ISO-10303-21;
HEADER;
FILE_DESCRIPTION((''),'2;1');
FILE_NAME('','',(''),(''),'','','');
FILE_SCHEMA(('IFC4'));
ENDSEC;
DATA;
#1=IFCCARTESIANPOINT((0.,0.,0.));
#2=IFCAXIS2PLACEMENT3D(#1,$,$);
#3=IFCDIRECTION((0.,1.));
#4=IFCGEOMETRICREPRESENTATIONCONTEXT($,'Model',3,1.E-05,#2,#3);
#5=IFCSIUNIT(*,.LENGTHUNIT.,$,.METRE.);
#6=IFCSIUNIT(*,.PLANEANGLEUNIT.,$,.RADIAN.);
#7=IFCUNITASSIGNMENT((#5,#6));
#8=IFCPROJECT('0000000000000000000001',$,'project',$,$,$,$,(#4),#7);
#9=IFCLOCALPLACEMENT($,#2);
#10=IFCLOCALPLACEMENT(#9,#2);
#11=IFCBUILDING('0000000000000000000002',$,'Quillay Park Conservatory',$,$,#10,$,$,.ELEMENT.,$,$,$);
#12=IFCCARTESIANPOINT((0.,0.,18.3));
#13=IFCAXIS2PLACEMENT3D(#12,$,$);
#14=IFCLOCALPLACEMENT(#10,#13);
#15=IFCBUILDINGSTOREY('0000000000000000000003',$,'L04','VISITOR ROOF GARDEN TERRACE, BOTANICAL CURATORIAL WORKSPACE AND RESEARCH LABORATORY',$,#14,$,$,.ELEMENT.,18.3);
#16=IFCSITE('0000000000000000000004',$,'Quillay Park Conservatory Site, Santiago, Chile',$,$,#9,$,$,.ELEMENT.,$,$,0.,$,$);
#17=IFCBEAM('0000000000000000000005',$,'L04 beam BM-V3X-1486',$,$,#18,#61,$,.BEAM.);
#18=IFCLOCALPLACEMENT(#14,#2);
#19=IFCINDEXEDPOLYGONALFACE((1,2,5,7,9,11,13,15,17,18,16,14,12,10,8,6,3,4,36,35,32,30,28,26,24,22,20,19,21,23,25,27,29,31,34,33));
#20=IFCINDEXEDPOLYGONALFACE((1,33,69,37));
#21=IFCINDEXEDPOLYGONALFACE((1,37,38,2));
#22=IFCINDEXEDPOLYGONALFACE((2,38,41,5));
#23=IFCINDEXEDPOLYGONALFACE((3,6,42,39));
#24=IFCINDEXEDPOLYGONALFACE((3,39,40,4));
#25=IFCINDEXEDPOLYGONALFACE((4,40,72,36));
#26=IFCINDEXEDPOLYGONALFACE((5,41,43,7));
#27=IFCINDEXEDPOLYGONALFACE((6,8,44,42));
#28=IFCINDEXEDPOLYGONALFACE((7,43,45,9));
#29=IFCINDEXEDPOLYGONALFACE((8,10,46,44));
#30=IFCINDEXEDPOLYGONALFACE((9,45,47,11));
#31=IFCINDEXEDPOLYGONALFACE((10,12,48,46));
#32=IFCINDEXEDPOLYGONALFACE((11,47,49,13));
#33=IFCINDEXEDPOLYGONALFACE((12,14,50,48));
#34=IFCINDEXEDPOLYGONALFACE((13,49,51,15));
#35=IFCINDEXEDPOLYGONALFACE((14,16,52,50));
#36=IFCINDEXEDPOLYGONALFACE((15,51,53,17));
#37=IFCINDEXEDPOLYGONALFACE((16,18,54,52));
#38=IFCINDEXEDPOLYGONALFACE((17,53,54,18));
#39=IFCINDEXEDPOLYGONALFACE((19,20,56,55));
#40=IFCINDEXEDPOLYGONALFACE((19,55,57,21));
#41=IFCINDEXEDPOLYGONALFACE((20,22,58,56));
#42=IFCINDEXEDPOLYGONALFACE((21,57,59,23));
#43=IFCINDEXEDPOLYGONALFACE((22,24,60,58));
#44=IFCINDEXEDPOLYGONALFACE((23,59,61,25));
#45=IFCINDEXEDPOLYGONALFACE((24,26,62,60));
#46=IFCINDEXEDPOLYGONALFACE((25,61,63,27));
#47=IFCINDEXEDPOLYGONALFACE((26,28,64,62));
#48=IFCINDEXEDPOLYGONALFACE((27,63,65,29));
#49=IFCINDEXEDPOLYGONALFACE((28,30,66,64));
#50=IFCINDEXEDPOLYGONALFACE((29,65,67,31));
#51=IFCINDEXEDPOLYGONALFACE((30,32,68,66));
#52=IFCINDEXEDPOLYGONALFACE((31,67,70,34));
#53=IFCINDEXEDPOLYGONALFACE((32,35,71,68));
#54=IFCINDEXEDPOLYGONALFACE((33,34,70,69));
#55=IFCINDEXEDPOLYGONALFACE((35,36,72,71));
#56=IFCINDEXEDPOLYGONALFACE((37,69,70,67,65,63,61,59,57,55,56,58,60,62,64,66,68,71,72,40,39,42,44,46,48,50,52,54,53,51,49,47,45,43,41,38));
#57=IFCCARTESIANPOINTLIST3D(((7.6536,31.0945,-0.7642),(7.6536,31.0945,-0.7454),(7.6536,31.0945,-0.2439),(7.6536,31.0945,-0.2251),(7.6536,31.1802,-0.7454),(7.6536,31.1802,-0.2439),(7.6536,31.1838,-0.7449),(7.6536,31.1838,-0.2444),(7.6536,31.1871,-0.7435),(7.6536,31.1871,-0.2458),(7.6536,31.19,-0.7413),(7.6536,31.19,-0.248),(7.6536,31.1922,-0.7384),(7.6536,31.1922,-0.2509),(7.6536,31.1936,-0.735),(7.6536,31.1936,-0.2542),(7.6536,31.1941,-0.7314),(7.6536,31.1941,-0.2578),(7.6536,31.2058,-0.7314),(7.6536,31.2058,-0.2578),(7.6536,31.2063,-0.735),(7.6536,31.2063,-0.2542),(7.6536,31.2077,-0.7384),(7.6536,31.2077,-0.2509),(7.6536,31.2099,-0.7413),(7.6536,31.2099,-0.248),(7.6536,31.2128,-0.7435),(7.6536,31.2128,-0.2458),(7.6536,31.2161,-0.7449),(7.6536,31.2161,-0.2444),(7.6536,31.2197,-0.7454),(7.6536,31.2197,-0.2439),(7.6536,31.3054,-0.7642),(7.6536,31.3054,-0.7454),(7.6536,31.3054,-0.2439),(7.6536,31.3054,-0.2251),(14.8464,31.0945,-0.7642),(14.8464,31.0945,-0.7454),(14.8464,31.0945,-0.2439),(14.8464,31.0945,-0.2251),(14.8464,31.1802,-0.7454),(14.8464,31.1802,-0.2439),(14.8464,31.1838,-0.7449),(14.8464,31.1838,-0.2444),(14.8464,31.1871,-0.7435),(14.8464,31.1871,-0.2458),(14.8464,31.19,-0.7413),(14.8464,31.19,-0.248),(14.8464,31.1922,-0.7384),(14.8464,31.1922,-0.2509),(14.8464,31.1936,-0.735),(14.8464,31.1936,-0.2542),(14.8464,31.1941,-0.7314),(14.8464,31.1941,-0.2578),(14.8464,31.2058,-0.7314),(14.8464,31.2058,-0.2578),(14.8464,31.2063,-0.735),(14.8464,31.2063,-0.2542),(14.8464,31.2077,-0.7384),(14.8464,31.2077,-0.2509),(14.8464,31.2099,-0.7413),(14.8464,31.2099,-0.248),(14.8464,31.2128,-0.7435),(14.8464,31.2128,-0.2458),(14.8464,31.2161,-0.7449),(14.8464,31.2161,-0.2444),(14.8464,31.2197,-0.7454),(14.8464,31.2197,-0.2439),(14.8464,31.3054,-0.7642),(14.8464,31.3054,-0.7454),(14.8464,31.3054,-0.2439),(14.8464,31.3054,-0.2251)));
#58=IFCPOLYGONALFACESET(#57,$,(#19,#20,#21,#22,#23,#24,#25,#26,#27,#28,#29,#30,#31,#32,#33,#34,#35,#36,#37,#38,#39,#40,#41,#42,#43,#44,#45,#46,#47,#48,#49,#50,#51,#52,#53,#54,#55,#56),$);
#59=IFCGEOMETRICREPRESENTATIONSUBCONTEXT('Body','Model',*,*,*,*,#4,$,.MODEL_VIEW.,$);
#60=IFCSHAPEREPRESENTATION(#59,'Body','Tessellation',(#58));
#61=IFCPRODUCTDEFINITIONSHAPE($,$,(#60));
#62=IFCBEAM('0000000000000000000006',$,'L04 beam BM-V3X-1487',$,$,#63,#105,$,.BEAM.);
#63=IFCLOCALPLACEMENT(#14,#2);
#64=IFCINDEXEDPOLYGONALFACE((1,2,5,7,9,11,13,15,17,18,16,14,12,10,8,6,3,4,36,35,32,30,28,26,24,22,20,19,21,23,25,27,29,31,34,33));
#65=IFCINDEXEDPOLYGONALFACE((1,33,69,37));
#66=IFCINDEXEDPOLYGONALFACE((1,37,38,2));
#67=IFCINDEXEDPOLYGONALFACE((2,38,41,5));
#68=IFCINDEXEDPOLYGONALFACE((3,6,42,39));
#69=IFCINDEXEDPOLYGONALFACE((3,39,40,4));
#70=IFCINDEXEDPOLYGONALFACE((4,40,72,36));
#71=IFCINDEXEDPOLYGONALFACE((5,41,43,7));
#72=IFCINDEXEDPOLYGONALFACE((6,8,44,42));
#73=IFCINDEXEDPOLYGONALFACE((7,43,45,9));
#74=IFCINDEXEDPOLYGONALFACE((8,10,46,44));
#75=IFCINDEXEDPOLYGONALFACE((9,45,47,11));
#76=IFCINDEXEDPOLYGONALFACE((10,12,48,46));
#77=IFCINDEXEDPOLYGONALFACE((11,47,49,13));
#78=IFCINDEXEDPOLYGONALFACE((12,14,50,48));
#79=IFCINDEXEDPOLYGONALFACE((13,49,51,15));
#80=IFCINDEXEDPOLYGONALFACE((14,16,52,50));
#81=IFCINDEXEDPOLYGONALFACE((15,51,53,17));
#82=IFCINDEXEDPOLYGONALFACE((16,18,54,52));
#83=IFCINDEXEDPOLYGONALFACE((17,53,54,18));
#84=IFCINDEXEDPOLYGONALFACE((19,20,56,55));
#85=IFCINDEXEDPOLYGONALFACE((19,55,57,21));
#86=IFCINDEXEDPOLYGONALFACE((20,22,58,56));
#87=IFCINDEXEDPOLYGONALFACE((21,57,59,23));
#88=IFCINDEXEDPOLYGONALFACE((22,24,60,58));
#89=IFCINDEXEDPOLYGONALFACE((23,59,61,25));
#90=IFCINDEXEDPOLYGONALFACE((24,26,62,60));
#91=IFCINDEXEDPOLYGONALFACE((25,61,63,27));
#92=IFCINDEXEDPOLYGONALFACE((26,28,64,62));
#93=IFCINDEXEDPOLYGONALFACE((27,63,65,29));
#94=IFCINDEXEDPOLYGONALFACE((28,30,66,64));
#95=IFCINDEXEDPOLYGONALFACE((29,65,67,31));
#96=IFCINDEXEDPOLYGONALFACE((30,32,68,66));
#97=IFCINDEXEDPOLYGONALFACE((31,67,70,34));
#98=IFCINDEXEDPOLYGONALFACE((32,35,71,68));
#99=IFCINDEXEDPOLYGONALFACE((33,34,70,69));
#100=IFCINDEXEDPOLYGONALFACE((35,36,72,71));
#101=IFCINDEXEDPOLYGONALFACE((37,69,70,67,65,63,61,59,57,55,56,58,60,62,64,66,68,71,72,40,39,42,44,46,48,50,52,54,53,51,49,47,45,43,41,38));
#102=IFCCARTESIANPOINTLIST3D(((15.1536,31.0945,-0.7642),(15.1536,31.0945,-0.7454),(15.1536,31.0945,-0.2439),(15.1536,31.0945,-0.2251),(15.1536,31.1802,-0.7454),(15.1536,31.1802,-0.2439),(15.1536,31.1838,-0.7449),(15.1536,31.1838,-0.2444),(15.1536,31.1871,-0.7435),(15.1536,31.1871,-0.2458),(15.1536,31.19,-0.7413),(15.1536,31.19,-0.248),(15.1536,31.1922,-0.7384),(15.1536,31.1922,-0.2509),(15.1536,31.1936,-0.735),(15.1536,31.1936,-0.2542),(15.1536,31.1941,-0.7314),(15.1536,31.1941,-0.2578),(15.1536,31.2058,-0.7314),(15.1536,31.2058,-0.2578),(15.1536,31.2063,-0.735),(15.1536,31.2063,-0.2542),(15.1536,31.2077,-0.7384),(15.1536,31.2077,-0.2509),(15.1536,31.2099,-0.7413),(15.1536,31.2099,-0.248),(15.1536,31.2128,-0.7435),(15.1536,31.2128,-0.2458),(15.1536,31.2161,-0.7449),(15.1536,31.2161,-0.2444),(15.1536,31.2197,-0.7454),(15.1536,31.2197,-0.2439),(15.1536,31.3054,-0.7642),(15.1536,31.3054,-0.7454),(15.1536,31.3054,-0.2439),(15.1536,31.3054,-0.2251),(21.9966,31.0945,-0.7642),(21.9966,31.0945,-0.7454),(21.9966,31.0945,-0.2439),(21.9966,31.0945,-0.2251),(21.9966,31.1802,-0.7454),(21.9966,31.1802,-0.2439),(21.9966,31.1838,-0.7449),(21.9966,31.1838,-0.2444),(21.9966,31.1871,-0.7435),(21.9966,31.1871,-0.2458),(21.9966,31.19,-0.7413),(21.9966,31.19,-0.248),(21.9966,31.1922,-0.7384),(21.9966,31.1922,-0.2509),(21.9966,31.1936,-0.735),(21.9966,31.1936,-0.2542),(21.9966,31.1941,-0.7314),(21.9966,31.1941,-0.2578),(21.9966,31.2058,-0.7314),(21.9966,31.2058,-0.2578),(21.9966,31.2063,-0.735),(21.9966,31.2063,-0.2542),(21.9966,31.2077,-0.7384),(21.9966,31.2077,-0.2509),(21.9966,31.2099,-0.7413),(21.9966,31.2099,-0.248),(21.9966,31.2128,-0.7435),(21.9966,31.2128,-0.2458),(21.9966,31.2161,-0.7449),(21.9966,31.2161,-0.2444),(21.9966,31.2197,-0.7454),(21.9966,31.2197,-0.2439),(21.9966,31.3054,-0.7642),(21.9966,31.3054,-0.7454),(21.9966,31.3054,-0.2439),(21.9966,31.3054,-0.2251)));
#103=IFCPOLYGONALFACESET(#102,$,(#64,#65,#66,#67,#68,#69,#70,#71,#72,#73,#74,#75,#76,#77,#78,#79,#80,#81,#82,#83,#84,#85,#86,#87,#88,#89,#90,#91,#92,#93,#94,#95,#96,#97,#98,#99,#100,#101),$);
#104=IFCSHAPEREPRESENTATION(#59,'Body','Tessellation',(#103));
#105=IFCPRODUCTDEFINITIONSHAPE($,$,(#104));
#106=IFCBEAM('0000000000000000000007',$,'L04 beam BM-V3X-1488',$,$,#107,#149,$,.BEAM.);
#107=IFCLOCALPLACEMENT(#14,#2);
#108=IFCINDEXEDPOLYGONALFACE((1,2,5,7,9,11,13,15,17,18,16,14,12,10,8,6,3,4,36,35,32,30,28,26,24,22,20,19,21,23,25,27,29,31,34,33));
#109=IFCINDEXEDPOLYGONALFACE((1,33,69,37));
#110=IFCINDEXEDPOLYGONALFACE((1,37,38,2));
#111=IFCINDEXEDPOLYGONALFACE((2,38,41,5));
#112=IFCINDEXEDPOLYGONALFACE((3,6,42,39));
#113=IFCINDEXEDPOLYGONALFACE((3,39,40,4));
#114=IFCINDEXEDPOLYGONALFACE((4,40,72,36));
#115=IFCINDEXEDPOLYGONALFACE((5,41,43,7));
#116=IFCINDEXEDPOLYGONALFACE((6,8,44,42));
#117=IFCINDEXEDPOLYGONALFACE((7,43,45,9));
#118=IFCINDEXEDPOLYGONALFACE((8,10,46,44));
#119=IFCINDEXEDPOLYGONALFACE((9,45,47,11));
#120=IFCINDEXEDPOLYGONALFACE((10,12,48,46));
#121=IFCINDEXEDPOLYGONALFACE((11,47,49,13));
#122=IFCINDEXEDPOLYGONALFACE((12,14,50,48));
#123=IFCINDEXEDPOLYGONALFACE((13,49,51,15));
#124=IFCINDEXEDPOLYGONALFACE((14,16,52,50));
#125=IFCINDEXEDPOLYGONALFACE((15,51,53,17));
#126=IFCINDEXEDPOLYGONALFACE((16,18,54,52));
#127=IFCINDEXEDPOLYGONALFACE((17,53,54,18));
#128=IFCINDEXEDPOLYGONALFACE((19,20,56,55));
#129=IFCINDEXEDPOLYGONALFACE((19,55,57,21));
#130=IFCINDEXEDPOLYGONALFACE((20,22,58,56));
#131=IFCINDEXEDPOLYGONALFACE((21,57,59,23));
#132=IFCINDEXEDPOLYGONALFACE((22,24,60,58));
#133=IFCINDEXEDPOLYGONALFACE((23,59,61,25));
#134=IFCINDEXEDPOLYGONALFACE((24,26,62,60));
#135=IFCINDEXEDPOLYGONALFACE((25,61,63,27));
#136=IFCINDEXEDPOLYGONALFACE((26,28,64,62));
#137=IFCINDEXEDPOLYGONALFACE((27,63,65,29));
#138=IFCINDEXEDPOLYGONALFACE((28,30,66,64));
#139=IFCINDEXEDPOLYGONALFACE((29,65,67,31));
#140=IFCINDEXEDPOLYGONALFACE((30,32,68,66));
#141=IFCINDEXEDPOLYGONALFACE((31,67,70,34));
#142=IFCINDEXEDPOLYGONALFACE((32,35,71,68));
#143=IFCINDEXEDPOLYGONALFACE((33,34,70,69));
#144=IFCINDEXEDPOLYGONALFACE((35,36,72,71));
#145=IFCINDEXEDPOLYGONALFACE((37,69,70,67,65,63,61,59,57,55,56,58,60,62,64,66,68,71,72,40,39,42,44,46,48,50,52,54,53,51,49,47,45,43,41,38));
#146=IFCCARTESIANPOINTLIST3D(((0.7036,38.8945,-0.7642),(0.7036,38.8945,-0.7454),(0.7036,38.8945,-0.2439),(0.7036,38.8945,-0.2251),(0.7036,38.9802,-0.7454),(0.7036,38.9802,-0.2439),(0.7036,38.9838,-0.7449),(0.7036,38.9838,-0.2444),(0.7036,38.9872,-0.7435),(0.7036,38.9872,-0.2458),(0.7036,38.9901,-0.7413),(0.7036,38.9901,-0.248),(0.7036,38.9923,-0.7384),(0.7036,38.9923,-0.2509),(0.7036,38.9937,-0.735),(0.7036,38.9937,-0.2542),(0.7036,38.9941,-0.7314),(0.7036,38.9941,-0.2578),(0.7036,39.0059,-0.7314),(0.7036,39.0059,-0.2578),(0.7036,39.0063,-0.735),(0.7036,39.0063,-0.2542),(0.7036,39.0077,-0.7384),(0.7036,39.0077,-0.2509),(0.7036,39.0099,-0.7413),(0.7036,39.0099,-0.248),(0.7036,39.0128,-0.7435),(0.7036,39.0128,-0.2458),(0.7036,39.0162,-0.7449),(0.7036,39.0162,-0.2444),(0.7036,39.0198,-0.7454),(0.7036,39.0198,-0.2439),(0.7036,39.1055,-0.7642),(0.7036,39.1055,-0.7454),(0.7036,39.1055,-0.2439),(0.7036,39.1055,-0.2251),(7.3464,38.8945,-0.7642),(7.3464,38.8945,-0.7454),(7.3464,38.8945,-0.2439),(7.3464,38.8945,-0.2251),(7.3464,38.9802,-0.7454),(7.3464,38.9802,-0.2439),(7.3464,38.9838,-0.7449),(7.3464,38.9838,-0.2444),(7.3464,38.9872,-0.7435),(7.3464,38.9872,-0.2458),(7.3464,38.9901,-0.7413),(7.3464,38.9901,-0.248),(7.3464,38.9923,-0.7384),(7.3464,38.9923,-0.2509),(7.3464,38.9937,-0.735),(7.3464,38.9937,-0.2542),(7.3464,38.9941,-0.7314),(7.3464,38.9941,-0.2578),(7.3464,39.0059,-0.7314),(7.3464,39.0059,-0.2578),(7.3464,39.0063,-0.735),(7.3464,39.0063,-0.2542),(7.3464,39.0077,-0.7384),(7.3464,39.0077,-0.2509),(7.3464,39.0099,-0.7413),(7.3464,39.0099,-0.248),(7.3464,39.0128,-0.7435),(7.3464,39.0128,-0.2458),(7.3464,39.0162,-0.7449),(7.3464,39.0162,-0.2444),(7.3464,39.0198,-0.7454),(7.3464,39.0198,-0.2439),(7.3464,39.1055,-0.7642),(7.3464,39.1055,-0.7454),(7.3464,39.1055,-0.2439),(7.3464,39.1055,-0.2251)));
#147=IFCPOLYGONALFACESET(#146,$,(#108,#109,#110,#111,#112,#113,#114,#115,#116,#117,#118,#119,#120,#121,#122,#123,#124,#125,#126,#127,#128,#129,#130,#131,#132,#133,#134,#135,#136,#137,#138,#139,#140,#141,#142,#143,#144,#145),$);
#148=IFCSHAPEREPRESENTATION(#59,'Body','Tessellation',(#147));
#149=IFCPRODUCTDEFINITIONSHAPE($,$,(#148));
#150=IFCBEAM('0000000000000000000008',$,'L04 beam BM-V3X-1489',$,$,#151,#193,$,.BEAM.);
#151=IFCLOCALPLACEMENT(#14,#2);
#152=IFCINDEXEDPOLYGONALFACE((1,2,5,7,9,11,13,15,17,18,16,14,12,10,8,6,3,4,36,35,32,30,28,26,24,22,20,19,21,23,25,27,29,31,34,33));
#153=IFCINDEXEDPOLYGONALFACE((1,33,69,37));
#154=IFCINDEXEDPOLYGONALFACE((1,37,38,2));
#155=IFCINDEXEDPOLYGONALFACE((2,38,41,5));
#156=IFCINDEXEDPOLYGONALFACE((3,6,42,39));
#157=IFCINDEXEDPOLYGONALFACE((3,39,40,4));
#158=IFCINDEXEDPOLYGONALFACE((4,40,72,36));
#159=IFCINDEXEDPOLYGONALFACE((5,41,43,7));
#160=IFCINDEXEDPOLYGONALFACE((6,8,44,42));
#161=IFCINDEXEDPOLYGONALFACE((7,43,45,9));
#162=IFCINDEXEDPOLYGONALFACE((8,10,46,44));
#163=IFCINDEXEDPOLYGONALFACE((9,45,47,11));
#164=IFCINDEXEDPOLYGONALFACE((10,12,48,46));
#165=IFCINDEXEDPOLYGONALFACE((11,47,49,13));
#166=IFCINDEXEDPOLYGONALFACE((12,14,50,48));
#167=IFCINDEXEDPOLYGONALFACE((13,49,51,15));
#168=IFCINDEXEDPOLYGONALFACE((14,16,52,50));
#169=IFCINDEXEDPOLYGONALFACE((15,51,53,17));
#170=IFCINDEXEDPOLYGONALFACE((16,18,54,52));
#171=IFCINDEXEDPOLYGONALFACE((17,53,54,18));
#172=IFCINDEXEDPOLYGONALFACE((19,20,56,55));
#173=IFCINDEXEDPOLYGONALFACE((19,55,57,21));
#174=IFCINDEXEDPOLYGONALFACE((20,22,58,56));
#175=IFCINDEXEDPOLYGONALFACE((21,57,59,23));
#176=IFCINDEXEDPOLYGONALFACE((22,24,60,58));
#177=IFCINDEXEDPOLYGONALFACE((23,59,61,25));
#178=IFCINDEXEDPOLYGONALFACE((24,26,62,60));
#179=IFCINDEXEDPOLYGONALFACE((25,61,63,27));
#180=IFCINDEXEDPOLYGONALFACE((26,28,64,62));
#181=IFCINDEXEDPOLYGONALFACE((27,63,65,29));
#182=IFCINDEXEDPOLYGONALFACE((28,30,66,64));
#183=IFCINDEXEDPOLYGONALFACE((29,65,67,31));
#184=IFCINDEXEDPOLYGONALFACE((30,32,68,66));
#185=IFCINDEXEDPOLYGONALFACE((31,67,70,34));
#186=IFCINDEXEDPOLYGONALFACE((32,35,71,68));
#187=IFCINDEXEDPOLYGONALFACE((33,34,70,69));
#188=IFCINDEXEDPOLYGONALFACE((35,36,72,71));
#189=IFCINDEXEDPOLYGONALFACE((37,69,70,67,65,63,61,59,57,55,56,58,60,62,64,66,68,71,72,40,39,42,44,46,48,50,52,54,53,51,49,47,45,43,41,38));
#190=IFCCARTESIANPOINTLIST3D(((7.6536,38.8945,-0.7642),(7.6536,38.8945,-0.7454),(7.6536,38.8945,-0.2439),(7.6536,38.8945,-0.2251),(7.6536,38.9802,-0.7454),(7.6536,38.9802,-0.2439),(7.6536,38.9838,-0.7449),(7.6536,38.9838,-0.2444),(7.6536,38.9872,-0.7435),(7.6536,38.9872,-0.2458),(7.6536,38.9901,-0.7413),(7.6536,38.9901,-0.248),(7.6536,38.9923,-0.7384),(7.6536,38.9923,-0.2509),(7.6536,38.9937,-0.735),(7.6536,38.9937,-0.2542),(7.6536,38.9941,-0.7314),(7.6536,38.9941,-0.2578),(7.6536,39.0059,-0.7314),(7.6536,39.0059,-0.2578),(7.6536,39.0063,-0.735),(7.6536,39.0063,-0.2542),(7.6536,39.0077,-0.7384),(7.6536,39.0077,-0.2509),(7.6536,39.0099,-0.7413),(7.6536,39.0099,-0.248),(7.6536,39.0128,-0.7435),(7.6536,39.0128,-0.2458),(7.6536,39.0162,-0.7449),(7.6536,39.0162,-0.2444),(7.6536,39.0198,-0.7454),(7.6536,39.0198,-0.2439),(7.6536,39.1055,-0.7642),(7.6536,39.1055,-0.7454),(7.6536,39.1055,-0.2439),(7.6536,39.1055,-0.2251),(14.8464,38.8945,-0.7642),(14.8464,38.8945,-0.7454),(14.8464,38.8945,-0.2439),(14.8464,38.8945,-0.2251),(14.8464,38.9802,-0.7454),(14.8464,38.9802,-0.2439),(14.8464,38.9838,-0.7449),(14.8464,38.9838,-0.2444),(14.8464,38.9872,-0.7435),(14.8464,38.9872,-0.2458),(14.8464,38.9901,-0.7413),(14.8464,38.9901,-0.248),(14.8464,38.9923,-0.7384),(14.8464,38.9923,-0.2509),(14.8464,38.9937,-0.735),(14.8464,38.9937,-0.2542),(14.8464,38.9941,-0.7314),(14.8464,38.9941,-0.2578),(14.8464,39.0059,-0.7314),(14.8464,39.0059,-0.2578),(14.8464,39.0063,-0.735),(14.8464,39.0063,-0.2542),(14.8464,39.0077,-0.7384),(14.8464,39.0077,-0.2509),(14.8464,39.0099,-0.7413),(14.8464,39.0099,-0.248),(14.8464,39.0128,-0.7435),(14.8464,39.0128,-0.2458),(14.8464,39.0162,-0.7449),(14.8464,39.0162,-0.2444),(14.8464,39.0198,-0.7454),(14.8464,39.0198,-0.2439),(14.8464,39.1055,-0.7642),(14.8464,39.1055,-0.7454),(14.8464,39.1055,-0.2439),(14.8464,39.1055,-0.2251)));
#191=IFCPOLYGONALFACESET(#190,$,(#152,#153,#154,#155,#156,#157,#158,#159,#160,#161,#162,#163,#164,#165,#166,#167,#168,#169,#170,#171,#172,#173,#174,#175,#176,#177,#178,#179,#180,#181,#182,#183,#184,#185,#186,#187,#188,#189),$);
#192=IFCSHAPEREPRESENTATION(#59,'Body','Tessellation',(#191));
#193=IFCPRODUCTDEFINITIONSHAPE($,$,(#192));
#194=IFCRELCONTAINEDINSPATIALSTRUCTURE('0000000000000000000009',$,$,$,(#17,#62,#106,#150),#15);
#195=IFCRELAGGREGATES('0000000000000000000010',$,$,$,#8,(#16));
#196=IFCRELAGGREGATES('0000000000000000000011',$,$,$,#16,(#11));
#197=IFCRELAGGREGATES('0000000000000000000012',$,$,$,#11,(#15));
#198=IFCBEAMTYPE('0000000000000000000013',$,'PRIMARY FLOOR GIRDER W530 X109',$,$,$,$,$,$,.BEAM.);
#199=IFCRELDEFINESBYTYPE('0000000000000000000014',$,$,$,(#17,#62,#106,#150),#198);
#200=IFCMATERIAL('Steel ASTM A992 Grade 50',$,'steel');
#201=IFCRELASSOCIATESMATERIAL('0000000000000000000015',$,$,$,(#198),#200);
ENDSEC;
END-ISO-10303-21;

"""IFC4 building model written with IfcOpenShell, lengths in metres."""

from ifc_helpers import new_model, si_unit, direction, frame, origin, origin_2d, place, context, subcontext, project, spatial, i_section, extrude, material, material_profile, profile_set, type_object, element, save


model = new_model("IFC4")

# Units and contexts
model_context = context("Model", 3, precision=1e-05, world=origin(), true_north=direction((0.0, 1.0)))
body_context = subcontext(model_context, "Body", "Model", "MODEL_VIEW")
ifc_project = project(units=[si_unit("LENGTHUNIT", "METRE"), si_unit("PLANEANGLEUNIT", "RADIAN")], contexts=[model_context])

# Site, building, storey
site_placement = place(None, origin())
site = spatial("IfcSite", under=ifc_project, at=site_placement, Name="Quillay Park Conservatory Site, Santiago, Chile", CompositionType="ELEMENT", RefElevation=0.0)
building_placement = place(site_placement, origin())
building = spatial("IfcBuilding", under=site, at=building_placement, Name="Quillay Park Conservatory", CompositionType="ELEMENT")
storey_placement = place(building_placement, frame((0.0, 0.0, 18.3)))
storey = spatial("IfcBuildingStorey", under=building, at=storey_placement, Name="L04", Description="VISITOR ROOF GARDEN TERRACE, BOTANICAL CURATORIAL WORKSPACE AND RESEARCH LABORATORY", CompositionType="ELEMENT", Elevation=18.3)

# Beams
ifc_material_1 = material(Name="Steel ASTM A992 Grade 50", Category="steel")
ifc_material_profile_1 = material_profile(ifc_material_1, i_section(OverallWidth=0.2109, OverallDepth=0.5391, WebThickness=0.0117, FlangeThickness=0.0188, FilletRadius=0.0139, at=origin_2d()), Name="W530x109")
ifc_profile_set_1 = profile_set([ifc_material_profile_1], Name="Steel ASTM A992 Grade 50")
beam_type_1 = type_object("IfcBeamType", Name="PRIMARY FLOOR GIRDER W530 X109", PredefinedType="BEAM", material=ifc_profile_set_1)
beam_1_placement = place(storey_placement, frame((7.6536, 31.2, -0.4946), z_axis=(1.0, 0.0, 0.0), x_axis=(0.0, 1.0, 0.0)))
element("IfcBeam", 1, at=beam_1_placement, inside=storey, type_object=beam_type_1, Name="L04 beam BM-V3X-1486", PredefinedType="BEAM", context=body_context, shape_type="SweptSolid", body=[
    extrude(i_section(OverallWidth=0.2109, OverallDepth=0.5391, WebThickness=0.0117, FlangeThickness=0.0188, FilletRadius=0.0139, at=origin_2d()), origin(), (0.0, 0.0, 1.0), 7.1929),
])
beam_2_placement = place(storey_placement, frame((15.1536, 31.2, -0.4946), z_axis=(1.0, 0.0, 0.0), x_axis=(0.0, 1.0, 0.0)))
element("IfcBeam", 2, at=beam_2_placement, inside=storey, type_object=beam_type_1, Name="L04 beam BM-V3X-1487", PredefinedType="BEAM", context=body_context, shape_type="SweptSolid", body=[
    extrude(i_section(OverallWidth=0.2109, OverallDepth=0.5391, WebThickness=0.0117, FlangeThickness=0.0188, FilletRadius=0.0139, at=origin_2d()), origin(), (0.0, 0.0, 1.0), 6.843),
])
beam_3_placement = place(storey_placement, frame((0.7036, 39.0, -0.4946), z_axis=(1.0, 0.0, 0.0), x_axis=(0.0, 1.0, 0.0)))
element("IfcBeam", 3, at=beam_3_placement, inside=storey, type_object=beam_type_1, Name="L04 beam BM-V3X-1488", PredefinedType="BEAM", context=body_context, shape_type="SweptSolid", body=[
    extrude(i_section(OverallWidth=0.2109, OverallDepth=0.5391, WebThickness=0.0117, FlangeThickness=0.0188, FilletRadius=0.0139, at=origin_2d()), origin(), (0.0, 0.0, 1.0), 6.6428),
])
beam_4_placement = place(storey_placement, frame((7.6536, 39.0, -0.4946), z_axis=(1.0, 0.0, 0.0), x_axis=(0.0, 1.0, 0.0)))
element("IfcBeam", 4, at=beam_4_placement, inside=storey, type_object=beam_type_1, Name="L04 beam BM-V3X-1489", PredefinedType="BEAM", context=body_context, shape_type="SweptSolid", body=[
    extrude(i_section(OverallWidth=0.2109, OverallDepth=0.5391, WebThickness=0.0117, FlangeThickness=0.0188, FilletRadius=0.0139, at=origin_2d()), origin(), (0.0, 0.0, 1.0), 7.1929),
])

save(model, "model.ifc")
